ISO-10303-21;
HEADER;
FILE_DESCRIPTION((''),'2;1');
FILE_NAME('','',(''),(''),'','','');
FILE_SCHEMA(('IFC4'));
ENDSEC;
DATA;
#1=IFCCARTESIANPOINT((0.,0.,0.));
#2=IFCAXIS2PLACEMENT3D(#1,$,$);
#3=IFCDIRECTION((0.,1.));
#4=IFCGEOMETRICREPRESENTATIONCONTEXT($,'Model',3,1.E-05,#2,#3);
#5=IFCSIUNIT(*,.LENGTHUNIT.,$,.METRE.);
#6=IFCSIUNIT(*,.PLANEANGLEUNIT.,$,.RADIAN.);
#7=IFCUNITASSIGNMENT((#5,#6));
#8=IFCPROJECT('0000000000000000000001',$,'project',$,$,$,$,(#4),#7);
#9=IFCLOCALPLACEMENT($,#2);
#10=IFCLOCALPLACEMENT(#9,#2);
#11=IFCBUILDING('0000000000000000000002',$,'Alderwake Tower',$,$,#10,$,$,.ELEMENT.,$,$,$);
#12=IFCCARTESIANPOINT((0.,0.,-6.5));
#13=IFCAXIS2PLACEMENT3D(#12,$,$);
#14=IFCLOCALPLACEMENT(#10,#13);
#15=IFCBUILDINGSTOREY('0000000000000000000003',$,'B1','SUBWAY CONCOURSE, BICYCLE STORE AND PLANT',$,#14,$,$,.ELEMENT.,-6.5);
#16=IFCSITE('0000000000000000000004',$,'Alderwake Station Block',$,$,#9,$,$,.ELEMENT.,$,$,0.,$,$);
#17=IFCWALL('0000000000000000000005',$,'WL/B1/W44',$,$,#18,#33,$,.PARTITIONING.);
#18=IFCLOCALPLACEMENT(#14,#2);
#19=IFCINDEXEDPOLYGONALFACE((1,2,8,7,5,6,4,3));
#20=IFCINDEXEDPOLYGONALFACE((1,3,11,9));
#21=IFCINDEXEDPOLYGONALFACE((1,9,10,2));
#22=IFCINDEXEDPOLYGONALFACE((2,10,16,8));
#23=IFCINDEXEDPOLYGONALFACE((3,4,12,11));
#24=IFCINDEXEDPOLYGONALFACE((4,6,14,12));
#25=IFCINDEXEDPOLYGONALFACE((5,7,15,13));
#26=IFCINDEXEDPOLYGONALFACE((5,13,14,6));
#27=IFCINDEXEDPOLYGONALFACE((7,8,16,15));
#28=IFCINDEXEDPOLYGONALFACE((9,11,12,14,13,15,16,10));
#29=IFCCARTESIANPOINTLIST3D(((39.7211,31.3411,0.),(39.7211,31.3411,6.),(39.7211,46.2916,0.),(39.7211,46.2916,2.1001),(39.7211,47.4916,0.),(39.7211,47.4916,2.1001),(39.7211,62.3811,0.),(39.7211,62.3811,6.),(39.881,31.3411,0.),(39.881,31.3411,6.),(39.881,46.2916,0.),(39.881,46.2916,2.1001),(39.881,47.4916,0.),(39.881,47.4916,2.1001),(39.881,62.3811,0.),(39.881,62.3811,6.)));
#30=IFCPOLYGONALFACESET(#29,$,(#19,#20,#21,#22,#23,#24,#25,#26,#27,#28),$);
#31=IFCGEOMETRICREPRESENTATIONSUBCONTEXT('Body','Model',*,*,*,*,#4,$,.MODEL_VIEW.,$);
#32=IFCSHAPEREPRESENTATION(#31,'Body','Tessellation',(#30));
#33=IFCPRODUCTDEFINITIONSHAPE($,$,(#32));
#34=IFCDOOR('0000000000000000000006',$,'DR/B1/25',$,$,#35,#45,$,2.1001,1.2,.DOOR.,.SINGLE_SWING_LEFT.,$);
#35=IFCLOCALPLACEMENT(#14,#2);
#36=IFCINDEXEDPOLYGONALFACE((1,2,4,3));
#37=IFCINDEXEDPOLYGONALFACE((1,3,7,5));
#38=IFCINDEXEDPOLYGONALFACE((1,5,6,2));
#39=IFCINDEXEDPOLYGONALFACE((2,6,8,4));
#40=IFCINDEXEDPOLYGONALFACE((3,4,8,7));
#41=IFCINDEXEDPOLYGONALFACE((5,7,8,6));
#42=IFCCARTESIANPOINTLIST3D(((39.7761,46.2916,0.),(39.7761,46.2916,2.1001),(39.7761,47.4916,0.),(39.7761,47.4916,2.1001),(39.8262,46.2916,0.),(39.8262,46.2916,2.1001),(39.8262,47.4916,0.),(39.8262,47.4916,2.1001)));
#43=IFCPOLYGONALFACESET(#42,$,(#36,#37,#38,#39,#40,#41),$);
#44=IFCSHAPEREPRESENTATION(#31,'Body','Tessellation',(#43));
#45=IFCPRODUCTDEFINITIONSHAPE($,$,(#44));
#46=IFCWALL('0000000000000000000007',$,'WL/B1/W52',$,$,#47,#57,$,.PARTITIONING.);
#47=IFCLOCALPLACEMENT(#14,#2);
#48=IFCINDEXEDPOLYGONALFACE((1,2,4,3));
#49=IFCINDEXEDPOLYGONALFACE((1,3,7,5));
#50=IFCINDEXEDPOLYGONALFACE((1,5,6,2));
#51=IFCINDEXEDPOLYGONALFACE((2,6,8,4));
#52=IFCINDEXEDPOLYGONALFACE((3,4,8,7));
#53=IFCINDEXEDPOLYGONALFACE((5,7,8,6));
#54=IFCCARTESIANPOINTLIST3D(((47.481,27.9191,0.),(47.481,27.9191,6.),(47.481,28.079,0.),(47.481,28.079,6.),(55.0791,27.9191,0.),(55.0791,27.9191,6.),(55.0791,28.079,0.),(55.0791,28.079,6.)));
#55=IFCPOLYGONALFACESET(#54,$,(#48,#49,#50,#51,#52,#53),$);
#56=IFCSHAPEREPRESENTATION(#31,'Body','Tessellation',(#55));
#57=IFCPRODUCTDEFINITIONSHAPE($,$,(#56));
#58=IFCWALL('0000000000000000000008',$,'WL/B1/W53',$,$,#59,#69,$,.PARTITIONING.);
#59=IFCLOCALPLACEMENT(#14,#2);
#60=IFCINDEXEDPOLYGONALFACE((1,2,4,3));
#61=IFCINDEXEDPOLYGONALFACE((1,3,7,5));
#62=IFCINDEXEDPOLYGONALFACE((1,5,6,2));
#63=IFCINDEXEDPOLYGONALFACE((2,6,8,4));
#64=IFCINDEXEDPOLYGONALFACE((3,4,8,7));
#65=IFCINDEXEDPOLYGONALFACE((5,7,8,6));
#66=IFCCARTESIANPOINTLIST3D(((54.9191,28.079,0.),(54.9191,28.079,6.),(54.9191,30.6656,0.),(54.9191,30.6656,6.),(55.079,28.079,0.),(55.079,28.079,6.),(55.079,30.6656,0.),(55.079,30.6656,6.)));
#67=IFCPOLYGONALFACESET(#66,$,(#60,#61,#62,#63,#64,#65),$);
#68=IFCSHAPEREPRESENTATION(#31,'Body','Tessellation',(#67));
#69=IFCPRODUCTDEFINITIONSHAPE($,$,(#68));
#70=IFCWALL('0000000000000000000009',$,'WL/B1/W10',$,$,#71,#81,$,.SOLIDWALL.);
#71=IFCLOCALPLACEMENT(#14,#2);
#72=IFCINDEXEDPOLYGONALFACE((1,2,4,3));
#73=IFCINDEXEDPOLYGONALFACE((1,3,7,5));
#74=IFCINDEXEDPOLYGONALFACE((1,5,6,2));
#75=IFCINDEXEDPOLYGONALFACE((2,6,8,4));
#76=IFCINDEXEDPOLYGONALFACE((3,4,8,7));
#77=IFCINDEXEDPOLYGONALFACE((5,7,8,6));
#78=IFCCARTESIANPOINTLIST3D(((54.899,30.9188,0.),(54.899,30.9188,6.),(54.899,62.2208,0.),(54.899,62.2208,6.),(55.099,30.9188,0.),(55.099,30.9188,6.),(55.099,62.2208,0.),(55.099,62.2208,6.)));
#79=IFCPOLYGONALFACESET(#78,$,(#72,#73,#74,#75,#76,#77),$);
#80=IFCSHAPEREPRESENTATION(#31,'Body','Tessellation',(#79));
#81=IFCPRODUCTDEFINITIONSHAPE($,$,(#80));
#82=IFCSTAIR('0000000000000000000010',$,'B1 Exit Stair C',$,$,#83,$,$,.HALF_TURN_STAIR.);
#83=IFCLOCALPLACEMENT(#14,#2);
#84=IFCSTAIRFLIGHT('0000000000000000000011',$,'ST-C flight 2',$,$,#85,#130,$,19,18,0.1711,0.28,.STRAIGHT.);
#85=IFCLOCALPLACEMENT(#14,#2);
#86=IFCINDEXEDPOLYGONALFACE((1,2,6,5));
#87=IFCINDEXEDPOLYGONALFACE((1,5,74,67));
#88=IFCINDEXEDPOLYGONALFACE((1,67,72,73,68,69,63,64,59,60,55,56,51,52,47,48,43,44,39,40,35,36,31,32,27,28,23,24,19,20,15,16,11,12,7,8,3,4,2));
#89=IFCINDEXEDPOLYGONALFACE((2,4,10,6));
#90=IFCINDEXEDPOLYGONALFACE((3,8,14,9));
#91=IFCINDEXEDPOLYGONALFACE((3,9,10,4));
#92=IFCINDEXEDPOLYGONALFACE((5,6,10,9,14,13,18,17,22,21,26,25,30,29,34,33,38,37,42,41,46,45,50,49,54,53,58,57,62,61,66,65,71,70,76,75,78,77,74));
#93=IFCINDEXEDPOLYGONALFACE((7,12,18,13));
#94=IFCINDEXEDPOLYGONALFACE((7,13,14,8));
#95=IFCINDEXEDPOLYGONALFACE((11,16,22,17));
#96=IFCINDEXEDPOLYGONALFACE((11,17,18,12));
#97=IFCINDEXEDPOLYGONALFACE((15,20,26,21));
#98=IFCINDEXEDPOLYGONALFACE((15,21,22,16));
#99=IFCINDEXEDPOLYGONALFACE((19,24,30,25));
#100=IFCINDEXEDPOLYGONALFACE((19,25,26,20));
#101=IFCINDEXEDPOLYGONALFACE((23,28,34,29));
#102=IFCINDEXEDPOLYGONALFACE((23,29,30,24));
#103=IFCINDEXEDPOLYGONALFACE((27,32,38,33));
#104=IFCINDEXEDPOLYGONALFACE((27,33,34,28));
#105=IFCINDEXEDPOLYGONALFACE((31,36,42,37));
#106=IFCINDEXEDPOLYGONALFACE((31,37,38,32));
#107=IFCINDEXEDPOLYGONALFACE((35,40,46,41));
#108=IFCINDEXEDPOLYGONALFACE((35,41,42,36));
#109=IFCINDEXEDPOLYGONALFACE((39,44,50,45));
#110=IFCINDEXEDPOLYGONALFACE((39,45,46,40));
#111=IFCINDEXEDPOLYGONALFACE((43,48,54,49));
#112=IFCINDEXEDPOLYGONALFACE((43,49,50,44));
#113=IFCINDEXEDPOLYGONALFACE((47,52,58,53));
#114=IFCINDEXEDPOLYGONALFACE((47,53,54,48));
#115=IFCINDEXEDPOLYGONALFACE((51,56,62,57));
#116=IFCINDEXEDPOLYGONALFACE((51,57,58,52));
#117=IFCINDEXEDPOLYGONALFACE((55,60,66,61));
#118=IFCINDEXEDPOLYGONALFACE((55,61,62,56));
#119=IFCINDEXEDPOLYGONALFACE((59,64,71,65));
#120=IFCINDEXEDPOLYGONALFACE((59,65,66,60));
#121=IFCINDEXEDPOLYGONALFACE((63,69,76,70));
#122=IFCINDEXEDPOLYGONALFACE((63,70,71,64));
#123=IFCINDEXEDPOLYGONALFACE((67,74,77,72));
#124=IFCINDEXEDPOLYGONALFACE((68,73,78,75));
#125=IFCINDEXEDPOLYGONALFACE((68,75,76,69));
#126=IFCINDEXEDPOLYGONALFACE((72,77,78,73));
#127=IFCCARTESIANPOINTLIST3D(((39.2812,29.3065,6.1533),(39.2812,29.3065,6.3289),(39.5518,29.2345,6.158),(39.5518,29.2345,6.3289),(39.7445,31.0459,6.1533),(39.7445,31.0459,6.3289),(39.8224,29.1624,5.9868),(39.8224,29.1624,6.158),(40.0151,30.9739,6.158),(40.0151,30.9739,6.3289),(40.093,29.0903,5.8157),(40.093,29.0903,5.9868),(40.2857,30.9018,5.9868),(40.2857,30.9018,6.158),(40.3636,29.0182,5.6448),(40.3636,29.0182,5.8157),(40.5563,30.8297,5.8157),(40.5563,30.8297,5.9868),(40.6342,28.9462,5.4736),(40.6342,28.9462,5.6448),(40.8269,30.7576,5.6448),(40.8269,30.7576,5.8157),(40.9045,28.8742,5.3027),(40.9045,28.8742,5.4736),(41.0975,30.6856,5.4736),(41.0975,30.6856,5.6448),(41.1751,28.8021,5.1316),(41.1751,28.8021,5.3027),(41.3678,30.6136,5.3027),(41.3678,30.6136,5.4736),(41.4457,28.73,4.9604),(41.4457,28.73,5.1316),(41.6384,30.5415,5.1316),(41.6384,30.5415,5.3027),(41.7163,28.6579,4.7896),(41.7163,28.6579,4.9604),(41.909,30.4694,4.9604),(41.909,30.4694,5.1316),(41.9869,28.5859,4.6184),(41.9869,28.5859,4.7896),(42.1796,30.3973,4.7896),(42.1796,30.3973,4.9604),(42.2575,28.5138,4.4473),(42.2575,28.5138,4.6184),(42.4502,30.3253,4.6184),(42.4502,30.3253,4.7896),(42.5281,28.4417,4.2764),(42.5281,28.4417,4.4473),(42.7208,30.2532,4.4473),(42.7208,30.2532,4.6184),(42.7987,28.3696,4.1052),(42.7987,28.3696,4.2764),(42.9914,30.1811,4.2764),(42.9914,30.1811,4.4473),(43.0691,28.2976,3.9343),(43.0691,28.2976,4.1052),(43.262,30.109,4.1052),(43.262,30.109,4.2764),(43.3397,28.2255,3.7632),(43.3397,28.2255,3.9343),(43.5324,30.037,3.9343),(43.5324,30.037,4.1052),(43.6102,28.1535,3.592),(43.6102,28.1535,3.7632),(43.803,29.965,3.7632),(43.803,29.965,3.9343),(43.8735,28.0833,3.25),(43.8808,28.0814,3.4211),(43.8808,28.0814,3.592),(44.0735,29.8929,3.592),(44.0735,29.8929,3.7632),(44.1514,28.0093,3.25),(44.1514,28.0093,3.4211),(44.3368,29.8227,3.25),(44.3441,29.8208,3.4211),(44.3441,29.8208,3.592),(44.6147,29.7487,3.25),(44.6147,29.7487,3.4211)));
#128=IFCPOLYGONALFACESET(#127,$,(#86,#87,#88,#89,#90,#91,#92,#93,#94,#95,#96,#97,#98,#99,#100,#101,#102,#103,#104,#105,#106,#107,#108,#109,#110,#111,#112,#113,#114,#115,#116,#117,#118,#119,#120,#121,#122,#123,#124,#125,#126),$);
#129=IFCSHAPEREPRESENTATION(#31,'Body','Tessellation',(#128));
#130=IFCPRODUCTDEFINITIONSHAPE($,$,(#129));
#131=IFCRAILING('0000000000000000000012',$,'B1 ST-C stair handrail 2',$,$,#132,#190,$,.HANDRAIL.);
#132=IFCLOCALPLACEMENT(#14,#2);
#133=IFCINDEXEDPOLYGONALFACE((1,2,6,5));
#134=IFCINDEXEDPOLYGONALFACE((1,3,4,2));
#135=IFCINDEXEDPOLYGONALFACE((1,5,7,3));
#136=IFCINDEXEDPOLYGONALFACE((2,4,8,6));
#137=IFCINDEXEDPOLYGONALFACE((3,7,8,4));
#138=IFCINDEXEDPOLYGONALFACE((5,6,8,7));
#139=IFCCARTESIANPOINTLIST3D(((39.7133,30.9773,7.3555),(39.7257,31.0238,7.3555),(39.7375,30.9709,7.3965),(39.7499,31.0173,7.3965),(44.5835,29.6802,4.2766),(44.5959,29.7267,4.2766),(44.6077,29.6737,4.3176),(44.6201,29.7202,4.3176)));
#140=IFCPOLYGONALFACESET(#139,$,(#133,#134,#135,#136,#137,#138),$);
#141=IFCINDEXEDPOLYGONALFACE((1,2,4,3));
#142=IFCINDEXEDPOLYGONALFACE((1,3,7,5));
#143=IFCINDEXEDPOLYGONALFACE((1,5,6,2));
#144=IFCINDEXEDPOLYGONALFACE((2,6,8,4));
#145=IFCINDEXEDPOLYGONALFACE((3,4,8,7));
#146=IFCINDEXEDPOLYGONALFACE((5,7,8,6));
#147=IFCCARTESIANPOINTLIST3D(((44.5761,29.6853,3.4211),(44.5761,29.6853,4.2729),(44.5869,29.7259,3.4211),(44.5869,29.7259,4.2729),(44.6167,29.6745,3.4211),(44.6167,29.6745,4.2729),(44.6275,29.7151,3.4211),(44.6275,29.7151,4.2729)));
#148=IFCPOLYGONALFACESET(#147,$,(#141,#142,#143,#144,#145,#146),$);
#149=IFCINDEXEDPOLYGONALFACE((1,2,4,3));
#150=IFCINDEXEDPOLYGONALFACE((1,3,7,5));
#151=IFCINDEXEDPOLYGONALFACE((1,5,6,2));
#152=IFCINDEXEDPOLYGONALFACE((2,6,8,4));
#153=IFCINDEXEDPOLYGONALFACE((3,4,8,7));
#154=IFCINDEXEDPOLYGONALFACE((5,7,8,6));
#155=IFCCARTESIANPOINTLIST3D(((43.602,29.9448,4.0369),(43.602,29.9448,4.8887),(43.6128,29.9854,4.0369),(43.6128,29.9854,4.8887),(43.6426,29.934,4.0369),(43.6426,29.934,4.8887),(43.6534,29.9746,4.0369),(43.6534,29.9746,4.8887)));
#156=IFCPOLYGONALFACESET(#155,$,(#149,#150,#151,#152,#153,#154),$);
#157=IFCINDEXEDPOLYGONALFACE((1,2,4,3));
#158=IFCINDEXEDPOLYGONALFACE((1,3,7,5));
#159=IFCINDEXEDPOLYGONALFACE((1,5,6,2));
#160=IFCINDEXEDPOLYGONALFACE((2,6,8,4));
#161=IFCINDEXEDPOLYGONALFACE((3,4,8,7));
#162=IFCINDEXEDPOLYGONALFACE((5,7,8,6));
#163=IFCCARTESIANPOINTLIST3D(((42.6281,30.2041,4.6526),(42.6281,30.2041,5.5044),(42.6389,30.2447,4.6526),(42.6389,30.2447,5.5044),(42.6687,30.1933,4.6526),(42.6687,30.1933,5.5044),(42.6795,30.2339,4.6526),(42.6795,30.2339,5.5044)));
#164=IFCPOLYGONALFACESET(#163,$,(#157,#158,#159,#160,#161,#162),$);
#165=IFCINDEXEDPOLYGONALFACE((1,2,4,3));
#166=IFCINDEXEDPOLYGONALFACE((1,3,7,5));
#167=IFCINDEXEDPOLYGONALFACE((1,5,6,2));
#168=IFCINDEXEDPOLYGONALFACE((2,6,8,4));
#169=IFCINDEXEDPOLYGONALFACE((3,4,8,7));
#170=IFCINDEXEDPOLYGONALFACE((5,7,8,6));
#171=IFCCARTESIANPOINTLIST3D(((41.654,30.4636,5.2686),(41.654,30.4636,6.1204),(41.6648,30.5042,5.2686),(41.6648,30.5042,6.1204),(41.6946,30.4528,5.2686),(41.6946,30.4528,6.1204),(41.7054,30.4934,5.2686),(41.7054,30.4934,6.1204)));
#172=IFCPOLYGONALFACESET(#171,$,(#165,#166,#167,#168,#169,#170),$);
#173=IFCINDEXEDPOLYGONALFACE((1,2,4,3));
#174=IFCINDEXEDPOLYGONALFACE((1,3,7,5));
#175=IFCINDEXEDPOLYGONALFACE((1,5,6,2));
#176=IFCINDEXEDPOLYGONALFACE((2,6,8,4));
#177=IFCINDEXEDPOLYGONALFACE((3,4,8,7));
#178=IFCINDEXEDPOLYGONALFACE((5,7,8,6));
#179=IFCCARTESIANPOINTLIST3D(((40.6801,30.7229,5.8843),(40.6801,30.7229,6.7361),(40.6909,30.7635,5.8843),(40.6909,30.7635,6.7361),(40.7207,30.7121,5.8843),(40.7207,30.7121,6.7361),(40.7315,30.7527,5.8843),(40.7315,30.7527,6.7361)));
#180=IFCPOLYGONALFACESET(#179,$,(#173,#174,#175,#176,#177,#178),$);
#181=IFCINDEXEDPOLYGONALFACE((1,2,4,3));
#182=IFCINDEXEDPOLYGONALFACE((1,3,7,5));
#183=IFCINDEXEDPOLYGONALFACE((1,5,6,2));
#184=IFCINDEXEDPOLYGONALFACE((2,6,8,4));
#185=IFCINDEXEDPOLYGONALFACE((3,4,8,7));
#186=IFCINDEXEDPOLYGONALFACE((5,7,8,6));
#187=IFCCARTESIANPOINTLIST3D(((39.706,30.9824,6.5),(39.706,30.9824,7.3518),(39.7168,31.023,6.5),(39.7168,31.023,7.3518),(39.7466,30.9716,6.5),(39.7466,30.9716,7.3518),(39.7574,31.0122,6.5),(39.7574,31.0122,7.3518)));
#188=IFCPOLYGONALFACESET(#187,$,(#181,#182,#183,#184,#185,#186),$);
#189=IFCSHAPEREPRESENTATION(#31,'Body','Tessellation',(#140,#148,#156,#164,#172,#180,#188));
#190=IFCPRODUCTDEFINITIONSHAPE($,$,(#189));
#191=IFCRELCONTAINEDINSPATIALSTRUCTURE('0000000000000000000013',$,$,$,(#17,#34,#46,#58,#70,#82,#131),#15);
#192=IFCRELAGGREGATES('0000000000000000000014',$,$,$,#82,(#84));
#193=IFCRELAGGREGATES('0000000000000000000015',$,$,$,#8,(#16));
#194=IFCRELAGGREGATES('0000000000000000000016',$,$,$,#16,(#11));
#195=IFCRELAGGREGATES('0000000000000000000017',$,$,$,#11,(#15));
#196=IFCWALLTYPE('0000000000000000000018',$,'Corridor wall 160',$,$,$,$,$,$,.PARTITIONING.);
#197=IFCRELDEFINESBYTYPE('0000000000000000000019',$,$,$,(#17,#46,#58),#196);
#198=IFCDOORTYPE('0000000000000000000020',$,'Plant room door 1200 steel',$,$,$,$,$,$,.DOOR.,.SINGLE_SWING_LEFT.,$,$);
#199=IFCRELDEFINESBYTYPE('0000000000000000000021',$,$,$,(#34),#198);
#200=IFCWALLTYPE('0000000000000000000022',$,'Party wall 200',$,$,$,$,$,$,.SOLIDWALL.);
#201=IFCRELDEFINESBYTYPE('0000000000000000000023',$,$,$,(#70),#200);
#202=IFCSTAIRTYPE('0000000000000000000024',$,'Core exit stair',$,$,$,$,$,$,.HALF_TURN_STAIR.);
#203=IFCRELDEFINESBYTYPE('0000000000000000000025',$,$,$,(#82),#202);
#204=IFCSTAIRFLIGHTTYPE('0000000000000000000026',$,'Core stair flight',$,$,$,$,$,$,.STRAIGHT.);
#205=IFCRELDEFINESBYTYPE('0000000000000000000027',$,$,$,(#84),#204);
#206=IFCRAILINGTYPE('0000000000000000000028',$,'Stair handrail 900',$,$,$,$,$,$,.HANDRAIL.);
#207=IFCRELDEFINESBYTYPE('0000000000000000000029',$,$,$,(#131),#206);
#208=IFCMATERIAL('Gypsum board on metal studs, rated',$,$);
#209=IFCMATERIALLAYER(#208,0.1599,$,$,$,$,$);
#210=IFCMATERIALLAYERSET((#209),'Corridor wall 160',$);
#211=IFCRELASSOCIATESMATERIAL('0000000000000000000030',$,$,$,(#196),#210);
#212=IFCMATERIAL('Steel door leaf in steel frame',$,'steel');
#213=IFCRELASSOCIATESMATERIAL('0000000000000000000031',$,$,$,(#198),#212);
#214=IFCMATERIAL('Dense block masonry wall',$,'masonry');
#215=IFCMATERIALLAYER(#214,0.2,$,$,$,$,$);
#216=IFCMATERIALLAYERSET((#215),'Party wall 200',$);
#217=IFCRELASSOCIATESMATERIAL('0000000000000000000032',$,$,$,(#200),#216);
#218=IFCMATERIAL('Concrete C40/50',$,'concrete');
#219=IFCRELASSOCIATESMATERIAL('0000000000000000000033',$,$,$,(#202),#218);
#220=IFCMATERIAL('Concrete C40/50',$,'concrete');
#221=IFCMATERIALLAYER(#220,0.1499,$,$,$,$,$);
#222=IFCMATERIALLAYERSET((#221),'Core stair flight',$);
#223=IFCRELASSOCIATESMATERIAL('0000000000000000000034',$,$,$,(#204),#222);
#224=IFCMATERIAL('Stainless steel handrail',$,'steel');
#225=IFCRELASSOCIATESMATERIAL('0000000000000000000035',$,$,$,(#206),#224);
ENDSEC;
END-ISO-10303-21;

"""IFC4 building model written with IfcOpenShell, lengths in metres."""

from ifc_helpers import new_model, si_unit, direction, frame, frame_2d, origin, origin_2d, place, context, subcontext, project, spatial, polyline, rectangle, outline, extrude, material, layer, layer_set, type_object, element, fill, aggregate, save


model = new_model("IFC4")

# Units and contexts
model_context = context("Model", 3, precision=1e-05, world=origin(), true_north=direction((0.0, 1.0)))
body_context = subcontext(model_context, "Body", "Model", "MODEL_VIEW")
ifc_project = project(units=[si_unit("LENGTHUNIT", "METRE"), si_unit("PLANEANGLEUNIT", "RADIAN")], contexts=[model_context])

# Site, building, storey
site_placement = place(None, origin())
site = spatial("IfcSite", under=ifc_project, at=site_placement, Name="Alderwake Station Block", CompositionType="ELEMENT", RefElevation=0.0)
building_placement = place(site_placement, origin())
building = spatial("IfcBuilding", under=site, at=building_placement, Name="Alderwake Tower", CompositionType="ELEMENT")
storey_placement = place(building_placement, frame((0.0, 0.0, -6.5)))
storey = spatial("IfcBuildingStorey", under=building, at=storey_placement, Name="B1", Description="SUBWAY CONCOURSE, BICYCLE STORE AND PLANT", CompositionType="ELEMENT", Elevation=-6.5)

# Wall, opening, door
ifc_material_1 = material(Name="Gypsum board on metal studs, rated")
ifc_layer_1 = layer(ifc_material_1, 0.1599)
ifc_layer_set_1 = layer_set([ifc_layer_1], Name="Corridor wall 160")
wall_type_1 = type_object("IfcWallType", Name="Corridor wall 160", PredefinedType="PARTITIONING", material=ifc_layer_set_1)
wall_1_placement = place(storey_placement, frame((39.801, 31.3411, 0.0), z_axis=(0.0, 0.0, 1.0), x_axis=(0.0, 1.0, 0.0)))
wall_1 = element("IfcWall", 1, at=wall_1_placement, inside=storey, type_object=wall_type_1, Name="WL/B1/W44", PredefinedType="PARTITIONING", context=body_context, shape_type="SweptSolid", body=[
    extrude(rectangle(XDim=31.04, YDim=0.1599, at=frame_2d((15.52, 0.0))), origin(), (0.0, 0.0, 1.0), 6.0),
])
opening_placement = place(wall_1_placement, frame((14.9504, 0.0, 0.0)))
opening = element("IfcOpeningElement", 2, at=opening_placement, cuts=wall_1, PredefinedType="OPENING", context=body_context, shape_type="SweptSolid", body=[
    extrude(rectangle(XDim=1.2, YDim=2.1001, at=frame_2d((0.6001, 1.05))), frame((0.0, 0.0898, 0.0), z_axis=(0.0, -1.0, 0.0), x_axis=(1.0, 0.0, 0.0)), (0.0, 0.0, 1.0), 0.1799),
])
ifc_material_2 = material(Name="Steel door leaf in steel frame", Category="steel")
door_type = type_object("IfcDoorType", Name="Plant room door 1200 steel", OperationType="SINGLE_SWING_LEFT", PredefinedType="DOOR", material=ifc_material_2)
door_placement = place(opening_placement, origin())
door = element("IfcDoor", 3, at=door_placement, inside=storey, type_object=door_type, Name="DR/B1/25", OperationType="SINGLE_SWING_LEFT", OverallHeight=2.1001, OverallWidth=1.2, PredefinedType="DOOR", context=body_context, shape_type="SweptSolid", body=[
    extrude(rectangle(XDim=1.2, YDim=2.1001, at=frame_2d((0.6001, 1.05))), frame((0.0, 0.0249, 0.0), z_axis=(0.0, -1.0, 0.0), x_axis=(1.0, 0.0, 0.0)), (0.0, 0.0, 1.0), 0.05),
])
fill(opening, door)

# Walls
wall_2_placement = place(storey_placement, frame((55.0791, 27.999, 0.0), z_axis=(0.0, 0.0, 1.0), x_axis=(-1.0, 0.0, 0.0)))
element("IfcWall", 4, at=wall_2_placement, inside=storey, type_object=wall_type_1, Name="WL/B1/W52", PredefinedType="PARTITIONING", context=body_context, shape_type="SweptSolid", body=[
    extrude(rectangle(XDim=7.5981, YDim=0.1599, at=frame_2d((3.7991, 0.0))), origin(), (0.0, 0.0, 1.0), 6.0),
])
wall_3_placement = place(storey_placement, frame((54.999, 30.6658, 0.0), z_axis=(0.0, 0.0, 1.0), x_axis=(0.0, -1.0, 0.0)))
element("IfcWall", 5, at=wall_3_placement, inside=storey, type_object=wall_type_1, Name="WL/B1/W53", PredefinedType="PARTITIONING", context=body_context, shape_type="SweptSolid", body=[
    extrude(rectangle(XDim=2.5867, YDim=0.1599, at=frame_2d((1.2935, 0.0))), origin(), (0.0, 0.0, 1.0), 6.0),
])
ifc_material_3 = material(Name="Dense block masonry wall", Category="masonry")
ifc_layer_2 = layer(ifc_material_3, 0.2)
ifc_layer_set_2 = layer_set([ifc_layer_2], Name="Party wall 200")
wall_type_2 = type_object("IfcWallType", Name="Party wall 200", PredefinedType="SOLIDWALL", material=ifc_layer_set_2)
wall_4_placement = place(storey_placement, frame((54.999, 30.9189, 0.0), z_axis=(0.0, 0.0, 1.0), x_axis=(0.0, 1.0, 0.0)))
element("IfcWall", 6, at=wall_4_placement, inside=storey, type_object=wall_type_2, Name="WL/B1/W10", PredefinedType="SOLIDWALL", context=body_context, shape_type="SweptSolid", body=[
    extrude(rectangle(XDim=31.302, YDim=0.2, at=frame_2d((15.6509, 0.0))), origin(), (0.0, 0.0, 1.0), 6.0),
])

# Stair, stair flight
ifc_material_4 = material(Name="Concrete C40/50", Category="concrete")
stair_type = type_object("IfcStairType", Name="Core exit stair", PredefinedType="HALF_TURN_STAIR", material=ifc_material_4)
stair_placement = place(storey_placement, origin())
stair = element("IfcStair", 7, at=stair_placement, inside=storey, type_object=stair_type, Name="B1 Exit Stair C", PredefinedType="HALF_TURN_STAIR")
ifc_material_5 = material(Name="Concrete C40/50", Category="concrete")
ifc_layer_3 = layer(ifc_material_5, 0.1499)
ifc_layer_set_3 = layer_set([ifc_layer_3], Name="Core stair flight")
stair_flight_type = type_object("IfcStairFlightType", Name="Core stair flight", PredefinedType="STRAIGHT", material=ifc_layer_set_3)
stair_flight_placement = place(storey_placement, frame((44.3831, 28.8789, 3.25), z_axis=(0.0, 0.0, 1.0), x_axis=(-0.96631, 0.257382, 0.0)))
stair_flight = element("IfcStairFlight", 8, at=stair_flight_placement, type_object=stair_flight_type, Name="ST-C flight 2", NumberOfRisers=19, NumberOfTreads=18, PredefinedType="STRAIGHT", RiserHeight=0.1711, TreadLength=0.28, context=body_context, shape_type="SweptSolid", body=[
    extrude(outline(polyline([(0.0, 0.0), (0.0, 0.1711), (0.28, 0.1711), (0.28, 0.342), (0.5601, 0.342), (0.5601, 0.5132), (0.8401, 0.5132), (0.8401, 0.6843), (1.1201, 0.6843), (1.1201, 0.8552), (1.3999, 0.8552), (1.3999, 1.0264), (1.6799, 1.0264), (1.6799, 1.1973), (1.96, 1.1973), (1.96, 1.3684), (2.24, 1.3684), (2.24, 1.5396), (2.52, 1.5396), (2.52, 1.7104), (2.8, 1.7104), (2.8, 1.8816), (3.0801, 1.8816), (3.0801, 2.0527), (3.3601, 2.0527), (3.3601, 2.2236), (3.6399, 2.2236), (3.6399, 2.3948), (3.9199, 2.3948), (3.9199, 2.5657), (4.2, 2.5657), (4.2, 2.7368), (4.48, 2.7368), (4.48, 2.908), (4.76, 2.908), (4.76, 3.0789), (5.04, 3.0789), (5.04, 3.25), (5.04, 2.9033), (0.2876, 0.0), (0.0, 0.0)])), frame((0.0, 0.8999, 0.0), z_axis=(0.0, -1.0, 0.0), x_axis=(1.0, 0.0, 0.0)), (0.0, 0.0, 1.0), 1.8),
])
aggregate(stair, [stair_flight])

# Railing
ifc_material_6 = material(Name="Stainless steel handrail", Category="steel")
railing_type = type_object("IfcRailingType", Name="Stair handrail 900", PredefinedType="HANDRAIL", material=ifc_material_6)
railing_placement = place(storey_placement, frame((44.6018, 29.7002, 3.4211)))
element("IfcRailing", 9, at=railing_placement, inside=storey, type_object=railing_type, Name="B1 ST-C stair handrail 2", PredefinedType="HANDRAIL", context=body_context, shape_type="SweptSolid", body=[
    extrude(rectangle(XDim=0.0481, YDim=0.0481, at=origin_2d()), frame((0.0, 0.0, 0.876), z_axis=(-0.824616, 0.21963, 0.521317), x_axis=(-0.25737, -0.966313, 0.0)), (0.0, 0.0, 1.0), 5.906),
    extrude(rectangle(XDim=0.042, YDim=0.042, at=origin_2d()), frame((0.0, 0.0, 0.0), z_axis=(0.0, 0.0, 1.0), x_axis=(-0.966313, 0.25737, 0.0)), (0.0, 0.0, 1.0), 0.8518),
    extrude(rectangle(XDim=0.042, YDim=0.042, at=origin_2d()), frame((-0.9741, 0.2595, 0.6157), z_axis=(0.0, 0.0, 1.0), x_axis=(-0.966313, 0.25737, 0.0)), (0.0, 0.0, 1.0), 0.8518),
    extrude(rectangle(XDim=0.042, YDim=0.042, at=origin_2d()), frame((-1.948, 0.5188, 1.2314), z_axis=(0.0, 0.0, 1.0), x_axis=(-0.966313, 0.25737, 0.0)), (0.0, 0.0, 1.0), 0.8518),
    extrude(rectangle(XDim=0.042, YDim=0.042, at=origin_2d()), frame((-2.9221, 0.7783, 1.8474), z_axis=(0.0, 0.0, 1.0), x_axis=(-0.966313, 0.25737, 0.0)), (0.0, 0.0, 1.0), 0.8518),
    extrude(rectangle(XDim=0.042, YDim=0.042, at=origin_2d()), frame((-3.896, 1.0376, 2.4631), z_axis=(0.0, 0.0, 1.0), x_axis=(-0.966313, 0.25737, 0.0)), (0.0, 0.0, 1.0), 0.8518),
    extrude(rectangle(XDim=0.042, YDim=0.042, at=origin_2d()), frame((-4.8701, 1.2971, 3.0789), z_axis=(0.0, 0.0, 1.0), x_axis=(-0.966313, 0.25737, 0.0)), (0.0, 0.0, 1.0), 0.8518),
])

save(model, "model.ifc")
